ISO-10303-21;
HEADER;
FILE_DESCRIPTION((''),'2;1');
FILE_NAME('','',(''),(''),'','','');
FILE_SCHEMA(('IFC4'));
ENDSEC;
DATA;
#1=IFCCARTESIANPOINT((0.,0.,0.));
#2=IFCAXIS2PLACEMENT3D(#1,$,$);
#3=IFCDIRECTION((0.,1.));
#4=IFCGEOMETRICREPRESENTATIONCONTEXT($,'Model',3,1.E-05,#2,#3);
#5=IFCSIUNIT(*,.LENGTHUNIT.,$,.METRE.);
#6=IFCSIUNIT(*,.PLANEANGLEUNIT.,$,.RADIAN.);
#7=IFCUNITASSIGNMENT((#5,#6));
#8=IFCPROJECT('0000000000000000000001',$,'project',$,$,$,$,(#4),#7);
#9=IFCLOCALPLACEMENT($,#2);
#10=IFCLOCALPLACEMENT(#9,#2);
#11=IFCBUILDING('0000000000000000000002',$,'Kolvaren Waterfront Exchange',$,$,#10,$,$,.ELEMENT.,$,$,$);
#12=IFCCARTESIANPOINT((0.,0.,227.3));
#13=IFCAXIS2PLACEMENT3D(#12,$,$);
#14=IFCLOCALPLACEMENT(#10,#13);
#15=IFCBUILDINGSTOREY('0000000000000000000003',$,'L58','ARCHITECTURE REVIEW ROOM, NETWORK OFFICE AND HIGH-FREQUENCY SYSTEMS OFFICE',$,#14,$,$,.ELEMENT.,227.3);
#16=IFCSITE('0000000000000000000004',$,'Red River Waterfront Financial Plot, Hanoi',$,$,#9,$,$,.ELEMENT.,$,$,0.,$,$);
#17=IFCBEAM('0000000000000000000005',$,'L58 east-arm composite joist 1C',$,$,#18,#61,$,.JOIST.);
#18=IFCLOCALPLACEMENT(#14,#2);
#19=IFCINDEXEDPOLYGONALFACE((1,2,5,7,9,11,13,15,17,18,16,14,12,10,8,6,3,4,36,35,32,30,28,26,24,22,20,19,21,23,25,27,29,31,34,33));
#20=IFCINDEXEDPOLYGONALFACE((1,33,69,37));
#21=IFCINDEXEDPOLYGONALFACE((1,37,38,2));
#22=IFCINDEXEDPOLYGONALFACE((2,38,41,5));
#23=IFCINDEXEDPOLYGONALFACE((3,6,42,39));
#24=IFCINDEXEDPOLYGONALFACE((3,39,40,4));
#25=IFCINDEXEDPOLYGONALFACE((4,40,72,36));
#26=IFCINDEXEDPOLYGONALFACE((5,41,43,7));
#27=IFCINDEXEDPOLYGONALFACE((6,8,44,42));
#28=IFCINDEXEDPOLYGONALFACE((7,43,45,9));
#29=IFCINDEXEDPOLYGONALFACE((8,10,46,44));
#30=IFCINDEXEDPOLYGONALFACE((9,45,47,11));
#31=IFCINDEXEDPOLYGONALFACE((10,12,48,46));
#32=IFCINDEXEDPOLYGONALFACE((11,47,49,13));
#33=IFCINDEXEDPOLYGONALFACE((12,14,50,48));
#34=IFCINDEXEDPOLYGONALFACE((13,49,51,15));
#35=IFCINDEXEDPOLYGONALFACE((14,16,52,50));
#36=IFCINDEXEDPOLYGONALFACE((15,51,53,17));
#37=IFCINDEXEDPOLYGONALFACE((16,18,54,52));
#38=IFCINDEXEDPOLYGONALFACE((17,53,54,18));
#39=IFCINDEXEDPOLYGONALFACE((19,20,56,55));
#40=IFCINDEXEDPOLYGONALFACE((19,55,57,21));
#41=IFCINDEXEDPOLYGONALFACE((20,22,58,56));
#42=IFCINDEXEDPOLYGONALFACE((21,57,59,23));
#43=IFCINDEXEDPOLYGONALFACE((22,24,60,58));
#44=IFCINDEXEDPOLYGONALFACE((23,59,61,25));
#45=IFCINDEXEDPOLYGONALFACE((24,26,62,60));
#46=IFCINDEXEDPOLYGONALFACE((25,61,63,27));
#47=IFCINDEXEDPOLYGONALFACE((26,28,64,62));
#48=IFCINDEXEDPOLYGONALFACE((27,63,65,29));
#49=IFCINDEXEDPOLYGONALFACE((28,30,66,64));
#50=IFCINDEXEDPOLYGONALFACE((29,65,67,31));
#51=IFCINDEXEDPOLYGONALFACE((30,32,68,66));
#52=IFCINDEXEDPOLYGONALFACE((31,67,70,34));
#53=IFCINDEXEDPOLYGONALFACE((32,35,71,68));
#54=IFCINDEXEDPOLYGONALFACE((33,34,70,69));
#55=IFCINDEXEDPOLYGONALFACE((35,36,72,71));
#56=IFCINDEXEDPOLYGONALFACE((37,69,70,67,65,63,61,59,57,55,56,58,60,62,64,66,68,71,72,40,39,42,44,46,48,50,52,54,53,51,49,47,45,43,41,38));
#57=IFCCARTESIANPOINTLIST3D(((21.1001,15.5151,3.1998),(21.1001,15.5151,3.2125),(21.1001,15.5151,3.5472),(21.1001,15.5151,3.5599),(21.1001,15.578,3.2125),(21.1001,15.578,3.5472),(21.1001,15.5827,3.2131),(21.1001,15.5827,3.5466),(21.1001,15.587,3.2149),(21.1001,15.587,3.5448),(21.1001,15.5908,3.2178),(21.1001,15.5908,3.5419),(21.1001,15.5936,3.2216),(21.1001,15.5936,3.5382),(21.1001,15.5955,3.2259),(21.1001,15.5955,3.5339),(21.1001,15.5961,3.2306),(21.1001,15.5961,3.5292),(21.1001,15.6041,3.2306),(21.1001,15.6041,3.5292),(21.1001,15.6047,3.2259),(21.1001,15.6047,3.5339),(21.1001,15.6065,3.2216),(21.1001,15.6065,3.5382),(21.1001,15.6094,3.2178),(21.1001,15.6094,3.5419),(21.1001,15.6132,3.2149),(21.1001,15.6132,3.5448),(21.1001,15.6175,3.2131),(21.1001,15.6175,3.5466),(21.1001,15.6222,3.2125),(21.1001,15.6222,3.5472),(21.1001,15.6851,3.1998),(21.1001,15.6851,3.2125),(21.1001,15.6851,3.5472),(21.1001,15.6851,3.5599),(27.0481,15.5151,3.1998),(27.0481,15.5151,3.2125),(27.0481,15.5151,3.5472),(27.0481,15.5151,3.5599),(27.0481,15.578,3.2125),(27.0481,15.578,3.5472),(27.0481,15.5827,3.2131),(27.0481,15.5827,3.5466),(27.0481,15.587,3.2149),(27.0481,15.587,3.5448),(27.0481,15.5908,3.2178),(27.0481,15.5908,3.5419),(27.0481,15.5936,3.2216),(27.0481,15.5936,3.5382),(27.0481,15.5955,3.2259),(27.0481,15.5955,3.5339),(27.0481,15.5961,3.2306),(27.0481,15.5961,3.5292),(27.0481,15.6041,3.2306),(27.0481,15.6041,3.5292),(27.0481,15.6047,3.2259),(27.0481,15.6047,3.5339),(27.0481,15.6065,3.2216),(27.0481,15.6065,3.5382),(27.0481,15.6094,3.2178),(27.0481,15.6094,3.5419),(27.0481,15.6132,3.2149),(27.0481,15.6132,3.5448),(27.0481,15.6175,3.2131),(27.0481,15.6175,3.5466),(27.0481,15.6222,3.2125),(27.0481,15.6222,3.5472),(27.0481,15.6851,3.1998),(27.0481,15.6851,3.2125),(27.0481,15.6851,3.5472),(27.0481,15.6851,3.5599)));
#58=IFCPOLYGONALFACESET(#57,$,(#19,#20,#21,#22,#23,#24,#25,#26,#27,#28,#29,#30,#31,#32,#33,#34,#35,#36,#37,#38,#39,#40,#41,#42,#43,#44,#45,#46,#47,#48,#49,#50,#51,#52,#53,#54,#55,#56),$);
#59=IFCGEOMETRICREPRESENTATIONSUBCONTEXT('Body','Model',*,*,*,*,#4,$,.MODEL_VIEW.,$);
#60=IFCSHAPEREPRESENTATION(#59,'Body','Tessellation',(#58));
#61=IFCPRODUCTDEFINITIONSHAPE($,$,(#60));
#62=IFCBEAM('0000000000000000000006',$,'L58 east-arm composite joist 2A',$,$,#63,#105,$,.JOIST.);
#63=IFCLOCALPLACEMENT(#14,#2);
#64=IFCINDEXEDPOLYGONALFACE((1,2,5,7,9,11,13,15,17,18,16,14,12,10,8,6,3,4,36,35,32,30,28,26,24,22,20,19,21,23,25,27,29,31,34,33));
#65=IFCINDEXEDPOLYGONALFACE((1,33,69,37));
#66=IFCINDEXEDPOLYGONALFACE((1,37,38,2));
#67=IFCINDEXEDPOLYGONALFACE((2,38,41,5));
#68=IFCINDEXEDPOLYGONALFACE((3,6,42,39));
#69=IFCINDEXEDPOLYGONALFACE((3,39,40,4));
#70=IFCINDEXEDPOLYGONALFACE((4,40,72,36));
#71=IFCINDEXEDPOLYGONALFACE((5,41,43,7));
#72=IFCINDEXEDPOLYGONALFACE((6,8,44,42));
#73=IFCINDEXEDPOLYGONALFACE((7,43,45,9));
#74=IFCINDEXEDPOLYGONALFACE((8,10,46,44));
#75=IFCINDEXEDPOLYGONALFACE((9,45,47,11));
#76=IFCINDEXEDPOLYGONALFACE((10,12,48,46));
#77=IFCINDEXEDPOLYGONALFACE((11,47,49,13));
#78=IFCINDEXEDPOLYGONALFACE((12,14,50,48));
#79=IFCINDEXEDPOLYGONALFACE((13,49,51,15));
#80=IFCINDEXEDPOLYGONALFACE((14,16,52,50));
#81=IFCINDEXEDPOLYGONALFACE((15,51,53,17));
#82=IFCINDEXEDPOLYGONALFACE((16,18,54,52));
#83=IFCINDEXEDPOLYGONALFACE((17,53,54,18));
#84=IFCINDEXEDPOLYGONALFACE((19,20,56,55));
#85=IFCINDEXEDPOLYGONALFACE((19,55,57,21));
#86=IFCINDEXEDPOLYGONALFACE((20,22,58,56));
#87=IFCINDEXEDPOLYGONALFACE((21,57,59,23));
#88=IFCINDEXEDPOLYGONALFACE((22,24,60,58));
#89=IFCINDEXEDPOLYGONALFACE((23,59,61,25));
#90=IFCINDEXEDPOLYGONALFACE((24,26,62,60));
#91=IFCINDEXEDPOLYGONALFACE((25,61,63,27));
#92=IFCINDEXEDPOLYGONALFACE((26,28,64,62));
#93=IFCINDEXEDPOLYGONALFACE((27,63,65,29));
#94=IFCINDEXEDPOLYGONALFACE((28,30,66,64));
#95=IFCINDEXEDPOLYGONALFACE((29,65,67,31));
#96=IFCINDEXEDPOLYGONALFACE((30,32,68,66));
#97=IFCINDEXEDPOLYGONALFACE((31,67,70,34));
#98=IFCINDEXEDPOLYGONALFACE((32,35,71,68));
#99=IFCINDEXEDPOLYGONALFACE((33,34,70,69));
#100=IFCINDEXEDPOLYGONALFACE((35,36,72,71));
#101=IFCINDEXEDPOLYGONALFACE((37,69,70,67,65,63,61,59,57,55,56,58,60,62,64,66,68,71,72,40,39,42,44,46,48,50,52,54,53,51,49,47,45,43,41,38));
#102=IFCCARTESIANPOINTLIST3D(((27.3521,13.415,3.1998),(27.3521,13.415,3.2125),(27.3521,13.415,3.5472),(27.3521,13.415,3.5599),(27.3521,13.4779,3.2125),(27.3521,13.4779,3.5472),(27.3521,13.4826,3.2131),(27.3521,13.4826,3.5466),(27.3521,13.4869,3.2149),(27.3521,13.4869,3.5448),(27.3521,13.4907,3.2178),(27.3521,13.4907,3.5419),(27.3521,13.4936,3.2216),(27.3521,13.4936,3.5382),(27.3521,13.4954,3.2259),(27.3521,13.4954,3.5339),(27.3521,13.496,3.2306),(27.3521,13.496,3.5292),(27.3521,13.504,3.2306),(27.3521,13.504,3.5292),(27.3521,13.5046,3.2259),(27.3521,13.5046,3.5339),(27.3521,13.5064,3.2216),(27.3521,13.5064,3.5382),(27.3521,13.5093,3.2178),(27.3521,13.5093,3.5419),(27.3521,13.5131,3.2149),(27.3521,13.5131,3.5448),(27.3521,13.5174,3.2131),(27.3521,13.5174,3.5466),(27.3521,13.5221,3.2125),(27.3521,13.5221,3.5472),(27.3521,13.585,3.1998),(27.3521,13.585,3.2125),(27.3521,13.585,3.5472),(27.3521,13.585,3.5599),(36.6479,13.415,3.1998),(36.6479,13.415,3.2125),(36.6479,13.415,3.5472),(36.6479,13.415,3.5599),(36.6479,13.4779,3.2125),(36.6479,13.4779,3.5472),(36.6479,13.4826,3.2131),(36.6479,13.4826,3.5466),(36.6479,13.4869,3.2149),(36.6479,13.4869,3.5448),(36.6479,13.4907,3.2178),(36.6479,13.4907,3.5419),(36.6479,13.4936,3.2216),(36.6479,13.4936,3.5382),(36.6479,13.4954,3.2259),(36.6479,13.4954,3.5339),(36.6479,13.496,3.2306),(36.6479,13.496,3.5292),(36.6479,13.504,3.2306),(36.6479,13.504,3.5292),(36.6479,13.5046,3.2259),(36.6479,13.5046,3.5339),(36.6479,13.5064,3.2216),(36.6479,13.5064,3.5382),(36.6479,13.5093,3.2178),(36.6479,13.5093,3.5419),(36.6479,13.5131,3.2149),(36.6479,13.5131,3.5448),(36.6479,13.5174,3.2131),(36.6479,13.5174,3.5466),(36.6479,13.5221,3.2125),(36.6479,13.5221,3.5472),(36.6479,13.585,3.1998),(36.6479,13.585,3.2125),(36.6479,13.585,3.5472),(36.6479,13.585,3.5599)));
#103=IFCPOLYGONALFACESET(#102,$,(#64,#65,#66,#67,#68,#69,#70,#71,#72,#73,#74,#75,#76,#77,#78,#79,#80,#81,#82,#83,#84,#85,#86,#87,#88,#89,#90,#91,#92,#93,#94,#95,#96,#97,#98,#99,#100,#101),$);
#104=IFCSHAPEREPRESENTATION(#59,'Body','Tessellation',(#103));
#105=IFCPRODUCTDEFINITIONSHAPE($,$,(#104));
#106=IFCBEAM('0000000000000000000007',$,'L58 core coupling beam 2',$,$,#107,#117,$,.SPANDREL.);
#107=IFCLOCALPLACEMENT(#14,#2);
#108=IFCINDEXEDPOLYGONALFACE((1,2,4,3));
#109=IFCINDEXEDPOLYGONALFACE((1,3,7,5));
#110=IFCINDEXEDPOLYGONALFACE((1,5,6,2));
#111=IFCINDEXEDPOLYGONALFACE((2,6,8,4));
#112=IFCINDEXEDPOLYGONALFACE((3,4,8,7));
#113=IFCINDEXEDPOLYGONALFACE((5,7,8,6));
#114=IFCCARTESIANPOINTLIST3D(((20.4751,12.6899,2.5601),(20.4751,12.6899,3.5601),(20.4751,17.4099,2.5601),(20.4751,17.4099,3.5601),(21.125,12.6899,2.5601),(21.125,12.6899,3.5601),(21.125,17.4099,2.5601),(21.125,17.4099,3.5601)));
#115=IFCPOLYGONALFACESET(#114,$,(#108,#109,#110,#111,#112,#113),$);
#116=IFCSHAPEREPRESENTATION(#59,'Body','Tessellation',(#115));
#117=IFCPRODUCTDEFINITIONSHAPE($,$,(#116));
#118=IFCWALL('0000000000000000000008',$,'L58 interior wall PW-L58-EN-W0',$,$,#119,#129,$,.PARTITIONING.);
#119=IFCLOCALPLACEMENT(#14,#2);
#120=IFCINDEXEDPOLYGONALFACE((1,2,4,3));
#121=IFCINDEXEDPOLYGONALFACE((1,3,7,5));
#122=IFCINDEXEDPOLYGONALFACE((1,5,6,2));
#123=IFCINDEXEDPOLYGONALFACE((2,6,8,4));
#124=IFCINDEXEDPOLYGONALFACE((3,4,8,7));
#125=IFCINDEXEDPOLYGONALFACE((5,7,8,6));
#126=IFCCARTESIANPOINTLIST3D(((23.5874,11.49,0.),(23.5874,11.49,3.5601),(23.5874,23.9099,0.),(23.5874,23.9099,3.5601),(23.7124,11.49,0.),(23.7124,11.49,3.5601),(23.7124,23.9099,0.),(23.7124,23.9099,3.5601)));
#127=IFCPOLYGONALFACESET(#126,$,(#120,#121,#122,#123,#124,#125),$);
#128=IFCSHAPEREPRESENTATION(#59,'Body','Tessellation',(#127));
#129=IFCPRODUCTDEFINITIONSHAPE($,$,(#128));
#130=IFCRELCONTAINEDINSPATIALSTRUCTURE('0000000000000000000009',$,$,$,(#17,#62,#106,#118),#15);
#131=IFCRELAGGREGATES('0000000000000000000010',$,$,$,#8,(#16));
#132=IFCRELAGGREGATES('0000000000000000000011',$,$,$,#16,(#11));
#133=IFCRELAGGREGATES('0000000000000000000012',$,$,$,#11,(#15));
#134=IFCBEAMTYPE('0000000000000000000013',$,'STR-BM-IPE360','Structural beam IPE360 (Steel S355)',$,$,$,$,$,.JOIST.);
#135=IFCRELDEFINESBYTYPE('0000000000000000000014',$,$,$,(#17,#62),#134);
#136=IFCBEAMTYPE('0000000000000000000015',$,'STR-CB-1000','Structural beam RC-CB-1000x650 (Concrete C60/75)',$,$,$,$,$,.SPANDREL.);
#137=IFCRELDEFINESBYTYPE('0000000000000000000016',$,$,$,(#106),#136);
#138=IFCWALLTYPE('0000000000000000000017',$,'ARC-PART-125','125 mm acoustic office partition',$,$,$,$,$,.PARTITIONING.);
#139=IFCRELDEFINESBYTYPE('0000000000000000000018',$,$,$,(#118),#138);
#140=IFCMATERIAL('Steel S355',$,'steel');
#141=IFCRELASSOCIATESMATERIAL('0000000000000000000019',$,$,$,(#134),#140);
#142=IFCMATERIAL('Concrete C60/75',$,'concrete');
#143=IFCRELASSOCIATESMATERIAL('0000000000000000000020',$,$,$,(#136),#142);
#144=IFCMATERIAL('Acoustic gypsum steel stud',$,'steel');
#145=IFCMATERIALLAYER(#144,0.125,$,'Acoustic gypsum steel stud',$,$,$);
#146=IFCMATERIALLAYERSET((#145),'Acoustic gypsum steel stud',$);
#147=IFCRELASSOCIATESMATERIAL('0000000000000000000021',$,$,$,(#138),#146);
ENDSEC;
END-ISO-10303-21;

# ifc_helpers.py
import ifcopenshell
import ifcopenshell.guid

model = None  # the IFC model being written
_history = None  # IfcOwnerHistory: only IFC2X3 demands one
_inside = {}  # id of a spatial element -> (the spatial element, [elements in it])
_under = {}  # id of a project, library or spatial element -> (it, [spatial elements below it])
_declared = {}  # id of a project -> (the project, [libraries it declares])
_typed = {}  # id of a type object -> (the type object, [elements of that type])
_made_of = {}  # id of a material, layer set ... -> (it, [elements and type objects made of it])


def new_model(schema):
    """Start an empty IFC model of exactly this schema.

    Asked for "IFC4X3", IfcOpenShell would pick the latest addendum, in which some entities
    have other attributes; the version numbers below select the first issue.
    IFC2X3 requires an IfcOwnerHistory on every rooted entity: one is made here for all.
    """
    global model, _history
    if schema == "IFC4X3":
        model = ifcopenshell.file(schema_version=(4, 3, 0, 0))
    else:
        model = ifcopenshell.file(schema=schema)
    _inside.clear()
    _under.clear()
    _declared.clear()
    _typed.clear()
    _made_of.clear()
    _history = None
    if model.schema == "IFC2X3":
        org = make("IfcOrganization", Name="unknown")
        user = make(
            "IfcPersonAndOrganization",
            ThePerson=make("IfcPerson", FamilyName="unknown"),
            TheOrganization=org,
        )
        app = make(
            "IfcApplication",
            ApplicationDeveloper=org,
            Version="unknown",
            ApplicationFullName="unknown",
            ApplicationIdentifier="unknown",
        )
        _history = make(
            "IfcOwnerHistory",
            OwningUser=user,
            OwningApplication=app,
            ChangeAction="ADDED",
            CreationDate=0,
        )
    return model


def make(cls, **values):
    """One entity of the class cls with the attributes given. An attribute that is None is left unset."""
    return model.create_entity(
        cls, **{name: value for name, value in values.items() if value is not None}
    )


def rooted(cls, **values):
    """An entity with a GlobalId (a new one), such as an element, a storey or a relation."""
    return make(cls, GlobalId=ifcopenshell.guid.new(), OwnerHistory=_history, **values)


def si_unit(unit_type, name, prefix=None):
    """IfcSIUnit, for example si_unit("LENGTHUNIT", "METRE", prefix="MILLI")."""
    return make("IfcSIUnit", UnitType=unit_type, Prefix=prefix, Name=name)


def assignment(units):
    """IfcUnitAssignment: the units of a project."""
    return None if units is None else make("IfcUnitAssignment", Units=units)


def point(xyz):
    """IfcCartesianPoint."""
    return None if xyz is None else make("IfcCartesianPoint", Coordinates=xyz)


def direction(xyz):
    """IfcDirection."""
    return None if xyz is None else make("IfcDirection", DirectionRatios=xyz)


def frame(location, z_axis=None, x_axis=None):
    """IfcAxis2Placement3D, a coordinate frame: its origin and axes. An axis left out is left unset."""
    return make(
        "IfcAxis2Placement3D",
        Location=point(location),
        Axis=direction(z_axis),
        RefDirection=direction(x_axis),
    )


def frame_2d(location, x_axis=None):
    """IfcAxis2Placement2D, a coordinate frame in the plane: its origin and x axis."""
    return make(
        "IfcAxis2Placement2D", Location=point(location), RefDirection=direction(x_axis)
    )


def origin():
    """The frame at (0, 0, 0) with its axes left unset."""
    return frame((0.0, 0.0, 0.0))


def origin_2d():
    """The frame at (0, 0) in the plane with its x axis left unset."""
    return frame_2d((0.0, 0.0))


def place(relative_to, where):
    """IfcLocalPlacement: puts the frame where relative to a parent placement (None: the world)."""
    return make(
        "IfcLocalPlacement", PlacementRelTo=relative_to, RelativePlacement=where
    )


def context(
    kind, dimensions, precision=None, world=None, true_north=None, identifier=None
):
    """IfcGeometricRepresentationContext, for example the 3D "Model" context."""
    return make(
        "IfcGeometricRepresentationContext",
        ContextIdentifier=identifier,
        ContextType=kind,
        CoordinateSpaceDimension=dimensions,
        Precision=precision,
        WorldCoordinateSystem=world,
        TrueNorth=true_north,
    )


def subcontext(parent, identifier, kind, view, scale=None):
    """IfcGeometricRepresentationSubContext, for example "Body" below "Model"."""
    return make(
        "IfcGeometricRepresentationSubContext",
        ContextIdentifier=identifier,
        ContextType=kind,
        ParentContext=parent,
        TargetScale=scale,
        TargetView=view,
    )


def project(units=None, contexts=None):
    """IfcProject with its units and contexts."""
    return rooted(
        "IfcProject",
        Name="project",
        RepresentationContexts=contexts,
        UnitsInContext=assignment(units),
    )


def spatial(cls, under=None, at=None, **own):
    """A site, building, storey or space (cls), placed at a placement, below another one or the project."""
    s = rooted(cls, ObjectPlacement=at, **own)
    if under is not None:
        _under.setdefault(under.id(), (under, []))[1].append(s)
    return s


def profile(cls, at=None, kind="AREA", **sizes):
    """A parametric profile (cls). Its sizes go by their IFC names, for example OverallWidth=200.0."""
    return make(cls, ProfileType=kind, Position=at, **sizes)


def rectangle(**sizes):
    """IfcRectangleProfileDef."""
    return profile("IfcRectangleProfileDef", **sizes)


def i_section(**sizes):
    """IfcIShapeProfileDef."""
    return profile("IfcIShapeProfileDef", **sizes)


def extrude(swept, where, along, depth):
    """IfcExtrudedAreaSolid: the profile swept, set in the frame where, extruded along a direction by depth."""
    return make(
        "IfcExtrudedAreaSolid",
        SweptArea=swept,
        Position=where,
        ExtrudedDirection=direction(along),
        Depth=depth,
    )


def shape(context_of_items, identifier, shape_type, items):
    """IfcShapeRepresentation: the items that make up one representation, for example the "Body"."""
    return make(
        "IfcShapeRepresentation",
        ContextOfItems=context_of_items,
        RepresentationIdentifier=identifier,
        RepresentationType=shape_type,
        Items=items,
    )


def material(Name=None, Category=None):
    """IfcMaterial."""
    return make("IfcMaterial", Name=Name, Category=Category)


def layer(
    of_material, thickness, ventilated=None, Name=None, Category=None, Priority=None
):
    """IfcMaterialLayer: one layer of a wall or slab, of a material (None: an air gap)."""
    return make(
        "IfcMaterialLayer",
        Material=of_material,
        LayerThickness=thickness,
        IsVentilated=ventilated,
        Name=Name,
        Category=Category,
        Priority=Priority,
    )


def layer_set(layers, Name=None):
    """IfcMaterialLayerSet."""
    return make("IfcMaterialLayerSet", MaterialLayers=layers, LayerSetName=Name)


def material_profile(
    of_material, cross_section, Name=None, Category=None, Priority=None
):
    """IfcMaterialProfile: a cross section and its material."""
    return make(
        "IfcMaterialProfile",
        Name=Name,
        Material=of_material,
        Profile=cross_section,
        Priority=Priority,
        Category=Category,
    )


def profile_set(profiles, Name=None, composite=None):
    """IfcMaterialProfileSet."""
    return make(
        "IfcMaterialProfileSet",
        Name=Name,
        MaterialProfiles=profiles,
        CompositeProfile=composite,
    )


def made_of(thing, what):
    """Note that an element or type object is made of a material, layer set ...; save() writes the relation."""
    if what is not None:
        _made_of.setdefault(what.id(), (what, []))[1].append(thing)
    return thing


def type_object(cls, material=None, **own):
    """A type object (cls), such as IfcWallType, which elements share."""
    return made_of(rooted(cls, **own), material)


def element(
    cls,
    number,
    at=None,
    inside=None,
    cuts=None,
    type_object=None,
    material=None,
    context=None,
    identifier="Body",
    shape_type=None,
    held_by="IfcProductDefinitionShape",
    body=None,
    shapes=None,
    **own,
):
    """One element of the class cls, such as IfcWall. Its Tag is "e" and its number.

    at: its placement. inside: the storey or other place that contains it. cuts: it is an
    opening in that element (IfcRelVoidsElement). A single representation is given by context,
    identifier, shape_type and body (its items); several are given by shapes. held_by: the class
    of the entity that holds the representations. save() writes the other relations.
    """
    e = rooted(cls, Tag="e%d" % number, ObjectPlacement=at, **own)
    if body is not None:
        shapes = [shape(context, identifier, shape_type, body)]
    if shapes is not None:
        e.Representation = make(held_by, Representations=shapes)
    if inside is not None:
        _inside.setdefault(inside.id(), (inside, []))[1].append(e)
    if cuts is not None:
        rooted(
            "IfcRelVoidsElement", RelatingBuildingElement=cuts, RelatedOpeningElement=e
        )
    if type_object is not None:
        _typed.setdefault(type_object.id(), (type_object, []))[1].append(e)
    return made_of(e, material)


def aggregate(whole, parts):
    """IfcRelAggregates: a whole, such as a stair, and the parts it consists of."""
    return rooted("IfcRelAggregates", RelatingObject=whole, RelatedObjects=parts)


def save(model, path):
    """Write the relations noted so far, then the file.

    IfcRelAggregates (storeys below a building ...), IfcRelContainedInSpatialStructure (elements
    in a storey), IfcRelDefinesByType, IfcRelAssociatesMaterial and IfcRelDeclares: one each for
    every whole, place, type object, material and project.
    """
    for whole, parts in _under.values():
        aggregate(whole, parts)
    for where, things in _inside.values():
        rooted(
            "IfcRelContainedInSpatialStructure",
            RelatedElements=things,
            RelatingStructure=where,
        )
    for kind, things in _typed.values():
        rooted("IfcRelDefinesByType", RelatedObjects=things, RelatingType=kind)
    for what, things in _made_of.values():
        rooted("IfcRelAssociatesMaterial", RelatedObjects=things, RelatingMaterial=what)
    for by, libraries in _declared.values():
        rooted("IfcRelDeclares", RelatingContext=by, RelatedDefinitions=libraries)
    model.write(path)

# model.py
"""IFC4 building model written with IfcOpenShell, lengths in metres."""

from ifc_helpers import new_model, si_unit, direction, frame, frame_2d, origin, origin_2d, place, context, subcontext, project, spatial, rectangle, i_section, extrude, material, layer, layer_set, material_profile, profile_set, type_object, element, save


model = new_model("IFC4")

# Units and contexts
model_context = context("Model", 3, precision=1e-05, world=origin(), true_north=direction((0.0, 1.0)))
body_context = subcontext(model_context, "Body", "Model", "MODEL_VIEW")
ifc_project = project(units=[si_unit("LENGTHUNIT", "METRE"), si_unit("PLANEANGLEUNIT", "RADIAN")], contexts=[model_context])

# Site, building, storey
site_placement = place(None, origin())
site = spatial("IfcSite", under=ifc_project, at=site_placement, Name="Red River Waterfront Financial Plot, Hanoi", CompositionType="ELEMENT", RefElevation=0.0)
building_placement = place(site_placement, origin())
building = spatial("IfcBuilding", under=site, at=building_placement, Name="Kolvaren Waterfront Exchange", CompositionType="ELEMENT")
storey_placement = place(building_placement, frame((0.0, 0.0, 227.3)))
storey = spatial("IfcBuildingStorey", under=building, at=storey_placement, Name="L58", Description="ARCHITECTURE REVIEW ROOM, NETWORK OFFICE AND HIGH-FREQUENCY SYSTEMS OFFICE", CompositionType="ELEMENT", Elevation=227.3)

# Beams
ifc_material_1 = material(Name="Steel S355", Category="steel")
ifc_material_profile_1 = material_profile(ifc_material_1, i_section(OverallWidth=0.1699, OverallDepth=0.3601, WebThickness=0.0081, FlangeThickness=0.0127, FilletRadius=0.0181, at=origin_2d()), Name="IPE360")
ifc_profile_set_1 = profile_set([ifc_material_profile_1], Name="Steel S355")
beam_type_1 = type_object("IfcBeamType", Name="STR-BM-IPE360", Description="Structural beam IPE360 (Steel S355)", PredefinedType="JOIST", material=ifc_profile_set_1)
for number, where, z_axis, x_axis, name in (
    (1, (21.1001, 15.6001, 3.3799), (1.0, 0.0, 0.0), (0.0, 1.0, 0.0), "L58 east-arm composite joist 1C"),
):
    element("IfcBeam", number, at=place(storey_placement, frame(where, z_axis=z_axis, x_axis=x_axis)), inside=storey, type_object=beam_type_1, Name=name, PredefinedType="JOIST", context=body_context, shape_type="SweptSolid", body=[
        extrude(i_section(OverallWidth=0.1699, OverallDepth=0.3601, WebThickness=0.0081, FlangeThickness=0.0127, FilletRadius=0.0181, at=origin_2d()), origin(), (0.0, 0.0, 1.0), 5.948),
    ])
beam_1_placement = place(storey_placement, frame((27.3521, 13.5, 3.3799), z_axis=(1.0, 0.0, 0.0), x_axis=(0.0, 1.0, 0.0)))
element("IfcBeam", 2, at=beam_1_placement, inside=storey, type_object=beam_type_1, Name="L58 east-arm composite joist 2A", PredefinedType="JOIST", context=body_context, shape_type="SweptSolid", body=[
    extrude(i_section(OverallWidth=0.1699, OverallDepth=0.3601, WebThickness=0.0081, FlangeThickness=0.0127, FilletRadius=0.0181, at=origin_2d()), origin(), (0.0, 0.0, 1.0), 9.2959),
])
ifc_material_2 = material(Name="Concrete C60/75", Category="concrete")
ifc_material_profile_2 = material_profile(ifc_material_2, rectangle(XDim=0.6499, YDim=1.0, at=origin_2d()), Name="RC-CB-1000x650")
ifc_profile_set_2 = profile_set([ifc_material_profile_2], Name="Concrete C60/75")
beam_type_2 = type_object("IfcBeamType", Name="STR-CB-1000", Description="Structural beam RC-CB-1000x650 (Concrete C60/75)", PredefinedType="SPANDREL", material=ifc_profile_set_2)
beam_2_placement = place(storey_placement, frame((20.8, 12.6899, 3.0601), z_axis=(0.0, 1.0, 0.0), x_axis=(-1.0, 0.0, 0.0)))
element("IfcBeam", 3, at=beam_2_placement, inside=storey, type_object=beam_type_2, Name="L58 core coupling beam 2", PredefinedType="SPANDREL", context=body_context, shape_type="SweptSolid", body=[
    extrude(rectangle(XDim=0.6499, YDim=1.0, at=origin_2d()), origin(), (0.0, 0.0, 1.0), 4.72),
])

# Wall
ifc_material_3 = material(Name="Acoustic gypsum steel stud", Category="steel")
ifc_layer_1 = layer(ifc_material_3, 0.125, Name="Acoustic gypsum steel stud")
ifc_layer_set_1 = layer_set([ifc_layer_1], Name="Acoustic gypsum steel stud")
wall_type_1 = type_object("IfcWallType", Name="ARC-PART-125", Description="125 mm acoustic office partition", PredefinedType="PARTITIONING", material=ifc_layer_set_1)
wall_1_placement = place(storey_placement, frame((23.6499, 11.49, 0.0), z_axis=(0.0, 0.0, 1.0), x_axis=(0.0, 1.0, 0.0)))
element("IfcWall", 4, at=wall_1_placement, inside=storey, type_object=wall_type_1, Name="L58 interior wall PW-L58-EN-W0", PredefinedType="PARTITIONING", context=body_context, shape_type="SweptSolid", body=[
    extrude(rectangle(XDim=12.4199, YDim=0.125, at=frame_2d((6.21, 0.0))), origin(), (0.0, 0.0, 1.0), 3.5601),
])

save(model, "model.ifc")
